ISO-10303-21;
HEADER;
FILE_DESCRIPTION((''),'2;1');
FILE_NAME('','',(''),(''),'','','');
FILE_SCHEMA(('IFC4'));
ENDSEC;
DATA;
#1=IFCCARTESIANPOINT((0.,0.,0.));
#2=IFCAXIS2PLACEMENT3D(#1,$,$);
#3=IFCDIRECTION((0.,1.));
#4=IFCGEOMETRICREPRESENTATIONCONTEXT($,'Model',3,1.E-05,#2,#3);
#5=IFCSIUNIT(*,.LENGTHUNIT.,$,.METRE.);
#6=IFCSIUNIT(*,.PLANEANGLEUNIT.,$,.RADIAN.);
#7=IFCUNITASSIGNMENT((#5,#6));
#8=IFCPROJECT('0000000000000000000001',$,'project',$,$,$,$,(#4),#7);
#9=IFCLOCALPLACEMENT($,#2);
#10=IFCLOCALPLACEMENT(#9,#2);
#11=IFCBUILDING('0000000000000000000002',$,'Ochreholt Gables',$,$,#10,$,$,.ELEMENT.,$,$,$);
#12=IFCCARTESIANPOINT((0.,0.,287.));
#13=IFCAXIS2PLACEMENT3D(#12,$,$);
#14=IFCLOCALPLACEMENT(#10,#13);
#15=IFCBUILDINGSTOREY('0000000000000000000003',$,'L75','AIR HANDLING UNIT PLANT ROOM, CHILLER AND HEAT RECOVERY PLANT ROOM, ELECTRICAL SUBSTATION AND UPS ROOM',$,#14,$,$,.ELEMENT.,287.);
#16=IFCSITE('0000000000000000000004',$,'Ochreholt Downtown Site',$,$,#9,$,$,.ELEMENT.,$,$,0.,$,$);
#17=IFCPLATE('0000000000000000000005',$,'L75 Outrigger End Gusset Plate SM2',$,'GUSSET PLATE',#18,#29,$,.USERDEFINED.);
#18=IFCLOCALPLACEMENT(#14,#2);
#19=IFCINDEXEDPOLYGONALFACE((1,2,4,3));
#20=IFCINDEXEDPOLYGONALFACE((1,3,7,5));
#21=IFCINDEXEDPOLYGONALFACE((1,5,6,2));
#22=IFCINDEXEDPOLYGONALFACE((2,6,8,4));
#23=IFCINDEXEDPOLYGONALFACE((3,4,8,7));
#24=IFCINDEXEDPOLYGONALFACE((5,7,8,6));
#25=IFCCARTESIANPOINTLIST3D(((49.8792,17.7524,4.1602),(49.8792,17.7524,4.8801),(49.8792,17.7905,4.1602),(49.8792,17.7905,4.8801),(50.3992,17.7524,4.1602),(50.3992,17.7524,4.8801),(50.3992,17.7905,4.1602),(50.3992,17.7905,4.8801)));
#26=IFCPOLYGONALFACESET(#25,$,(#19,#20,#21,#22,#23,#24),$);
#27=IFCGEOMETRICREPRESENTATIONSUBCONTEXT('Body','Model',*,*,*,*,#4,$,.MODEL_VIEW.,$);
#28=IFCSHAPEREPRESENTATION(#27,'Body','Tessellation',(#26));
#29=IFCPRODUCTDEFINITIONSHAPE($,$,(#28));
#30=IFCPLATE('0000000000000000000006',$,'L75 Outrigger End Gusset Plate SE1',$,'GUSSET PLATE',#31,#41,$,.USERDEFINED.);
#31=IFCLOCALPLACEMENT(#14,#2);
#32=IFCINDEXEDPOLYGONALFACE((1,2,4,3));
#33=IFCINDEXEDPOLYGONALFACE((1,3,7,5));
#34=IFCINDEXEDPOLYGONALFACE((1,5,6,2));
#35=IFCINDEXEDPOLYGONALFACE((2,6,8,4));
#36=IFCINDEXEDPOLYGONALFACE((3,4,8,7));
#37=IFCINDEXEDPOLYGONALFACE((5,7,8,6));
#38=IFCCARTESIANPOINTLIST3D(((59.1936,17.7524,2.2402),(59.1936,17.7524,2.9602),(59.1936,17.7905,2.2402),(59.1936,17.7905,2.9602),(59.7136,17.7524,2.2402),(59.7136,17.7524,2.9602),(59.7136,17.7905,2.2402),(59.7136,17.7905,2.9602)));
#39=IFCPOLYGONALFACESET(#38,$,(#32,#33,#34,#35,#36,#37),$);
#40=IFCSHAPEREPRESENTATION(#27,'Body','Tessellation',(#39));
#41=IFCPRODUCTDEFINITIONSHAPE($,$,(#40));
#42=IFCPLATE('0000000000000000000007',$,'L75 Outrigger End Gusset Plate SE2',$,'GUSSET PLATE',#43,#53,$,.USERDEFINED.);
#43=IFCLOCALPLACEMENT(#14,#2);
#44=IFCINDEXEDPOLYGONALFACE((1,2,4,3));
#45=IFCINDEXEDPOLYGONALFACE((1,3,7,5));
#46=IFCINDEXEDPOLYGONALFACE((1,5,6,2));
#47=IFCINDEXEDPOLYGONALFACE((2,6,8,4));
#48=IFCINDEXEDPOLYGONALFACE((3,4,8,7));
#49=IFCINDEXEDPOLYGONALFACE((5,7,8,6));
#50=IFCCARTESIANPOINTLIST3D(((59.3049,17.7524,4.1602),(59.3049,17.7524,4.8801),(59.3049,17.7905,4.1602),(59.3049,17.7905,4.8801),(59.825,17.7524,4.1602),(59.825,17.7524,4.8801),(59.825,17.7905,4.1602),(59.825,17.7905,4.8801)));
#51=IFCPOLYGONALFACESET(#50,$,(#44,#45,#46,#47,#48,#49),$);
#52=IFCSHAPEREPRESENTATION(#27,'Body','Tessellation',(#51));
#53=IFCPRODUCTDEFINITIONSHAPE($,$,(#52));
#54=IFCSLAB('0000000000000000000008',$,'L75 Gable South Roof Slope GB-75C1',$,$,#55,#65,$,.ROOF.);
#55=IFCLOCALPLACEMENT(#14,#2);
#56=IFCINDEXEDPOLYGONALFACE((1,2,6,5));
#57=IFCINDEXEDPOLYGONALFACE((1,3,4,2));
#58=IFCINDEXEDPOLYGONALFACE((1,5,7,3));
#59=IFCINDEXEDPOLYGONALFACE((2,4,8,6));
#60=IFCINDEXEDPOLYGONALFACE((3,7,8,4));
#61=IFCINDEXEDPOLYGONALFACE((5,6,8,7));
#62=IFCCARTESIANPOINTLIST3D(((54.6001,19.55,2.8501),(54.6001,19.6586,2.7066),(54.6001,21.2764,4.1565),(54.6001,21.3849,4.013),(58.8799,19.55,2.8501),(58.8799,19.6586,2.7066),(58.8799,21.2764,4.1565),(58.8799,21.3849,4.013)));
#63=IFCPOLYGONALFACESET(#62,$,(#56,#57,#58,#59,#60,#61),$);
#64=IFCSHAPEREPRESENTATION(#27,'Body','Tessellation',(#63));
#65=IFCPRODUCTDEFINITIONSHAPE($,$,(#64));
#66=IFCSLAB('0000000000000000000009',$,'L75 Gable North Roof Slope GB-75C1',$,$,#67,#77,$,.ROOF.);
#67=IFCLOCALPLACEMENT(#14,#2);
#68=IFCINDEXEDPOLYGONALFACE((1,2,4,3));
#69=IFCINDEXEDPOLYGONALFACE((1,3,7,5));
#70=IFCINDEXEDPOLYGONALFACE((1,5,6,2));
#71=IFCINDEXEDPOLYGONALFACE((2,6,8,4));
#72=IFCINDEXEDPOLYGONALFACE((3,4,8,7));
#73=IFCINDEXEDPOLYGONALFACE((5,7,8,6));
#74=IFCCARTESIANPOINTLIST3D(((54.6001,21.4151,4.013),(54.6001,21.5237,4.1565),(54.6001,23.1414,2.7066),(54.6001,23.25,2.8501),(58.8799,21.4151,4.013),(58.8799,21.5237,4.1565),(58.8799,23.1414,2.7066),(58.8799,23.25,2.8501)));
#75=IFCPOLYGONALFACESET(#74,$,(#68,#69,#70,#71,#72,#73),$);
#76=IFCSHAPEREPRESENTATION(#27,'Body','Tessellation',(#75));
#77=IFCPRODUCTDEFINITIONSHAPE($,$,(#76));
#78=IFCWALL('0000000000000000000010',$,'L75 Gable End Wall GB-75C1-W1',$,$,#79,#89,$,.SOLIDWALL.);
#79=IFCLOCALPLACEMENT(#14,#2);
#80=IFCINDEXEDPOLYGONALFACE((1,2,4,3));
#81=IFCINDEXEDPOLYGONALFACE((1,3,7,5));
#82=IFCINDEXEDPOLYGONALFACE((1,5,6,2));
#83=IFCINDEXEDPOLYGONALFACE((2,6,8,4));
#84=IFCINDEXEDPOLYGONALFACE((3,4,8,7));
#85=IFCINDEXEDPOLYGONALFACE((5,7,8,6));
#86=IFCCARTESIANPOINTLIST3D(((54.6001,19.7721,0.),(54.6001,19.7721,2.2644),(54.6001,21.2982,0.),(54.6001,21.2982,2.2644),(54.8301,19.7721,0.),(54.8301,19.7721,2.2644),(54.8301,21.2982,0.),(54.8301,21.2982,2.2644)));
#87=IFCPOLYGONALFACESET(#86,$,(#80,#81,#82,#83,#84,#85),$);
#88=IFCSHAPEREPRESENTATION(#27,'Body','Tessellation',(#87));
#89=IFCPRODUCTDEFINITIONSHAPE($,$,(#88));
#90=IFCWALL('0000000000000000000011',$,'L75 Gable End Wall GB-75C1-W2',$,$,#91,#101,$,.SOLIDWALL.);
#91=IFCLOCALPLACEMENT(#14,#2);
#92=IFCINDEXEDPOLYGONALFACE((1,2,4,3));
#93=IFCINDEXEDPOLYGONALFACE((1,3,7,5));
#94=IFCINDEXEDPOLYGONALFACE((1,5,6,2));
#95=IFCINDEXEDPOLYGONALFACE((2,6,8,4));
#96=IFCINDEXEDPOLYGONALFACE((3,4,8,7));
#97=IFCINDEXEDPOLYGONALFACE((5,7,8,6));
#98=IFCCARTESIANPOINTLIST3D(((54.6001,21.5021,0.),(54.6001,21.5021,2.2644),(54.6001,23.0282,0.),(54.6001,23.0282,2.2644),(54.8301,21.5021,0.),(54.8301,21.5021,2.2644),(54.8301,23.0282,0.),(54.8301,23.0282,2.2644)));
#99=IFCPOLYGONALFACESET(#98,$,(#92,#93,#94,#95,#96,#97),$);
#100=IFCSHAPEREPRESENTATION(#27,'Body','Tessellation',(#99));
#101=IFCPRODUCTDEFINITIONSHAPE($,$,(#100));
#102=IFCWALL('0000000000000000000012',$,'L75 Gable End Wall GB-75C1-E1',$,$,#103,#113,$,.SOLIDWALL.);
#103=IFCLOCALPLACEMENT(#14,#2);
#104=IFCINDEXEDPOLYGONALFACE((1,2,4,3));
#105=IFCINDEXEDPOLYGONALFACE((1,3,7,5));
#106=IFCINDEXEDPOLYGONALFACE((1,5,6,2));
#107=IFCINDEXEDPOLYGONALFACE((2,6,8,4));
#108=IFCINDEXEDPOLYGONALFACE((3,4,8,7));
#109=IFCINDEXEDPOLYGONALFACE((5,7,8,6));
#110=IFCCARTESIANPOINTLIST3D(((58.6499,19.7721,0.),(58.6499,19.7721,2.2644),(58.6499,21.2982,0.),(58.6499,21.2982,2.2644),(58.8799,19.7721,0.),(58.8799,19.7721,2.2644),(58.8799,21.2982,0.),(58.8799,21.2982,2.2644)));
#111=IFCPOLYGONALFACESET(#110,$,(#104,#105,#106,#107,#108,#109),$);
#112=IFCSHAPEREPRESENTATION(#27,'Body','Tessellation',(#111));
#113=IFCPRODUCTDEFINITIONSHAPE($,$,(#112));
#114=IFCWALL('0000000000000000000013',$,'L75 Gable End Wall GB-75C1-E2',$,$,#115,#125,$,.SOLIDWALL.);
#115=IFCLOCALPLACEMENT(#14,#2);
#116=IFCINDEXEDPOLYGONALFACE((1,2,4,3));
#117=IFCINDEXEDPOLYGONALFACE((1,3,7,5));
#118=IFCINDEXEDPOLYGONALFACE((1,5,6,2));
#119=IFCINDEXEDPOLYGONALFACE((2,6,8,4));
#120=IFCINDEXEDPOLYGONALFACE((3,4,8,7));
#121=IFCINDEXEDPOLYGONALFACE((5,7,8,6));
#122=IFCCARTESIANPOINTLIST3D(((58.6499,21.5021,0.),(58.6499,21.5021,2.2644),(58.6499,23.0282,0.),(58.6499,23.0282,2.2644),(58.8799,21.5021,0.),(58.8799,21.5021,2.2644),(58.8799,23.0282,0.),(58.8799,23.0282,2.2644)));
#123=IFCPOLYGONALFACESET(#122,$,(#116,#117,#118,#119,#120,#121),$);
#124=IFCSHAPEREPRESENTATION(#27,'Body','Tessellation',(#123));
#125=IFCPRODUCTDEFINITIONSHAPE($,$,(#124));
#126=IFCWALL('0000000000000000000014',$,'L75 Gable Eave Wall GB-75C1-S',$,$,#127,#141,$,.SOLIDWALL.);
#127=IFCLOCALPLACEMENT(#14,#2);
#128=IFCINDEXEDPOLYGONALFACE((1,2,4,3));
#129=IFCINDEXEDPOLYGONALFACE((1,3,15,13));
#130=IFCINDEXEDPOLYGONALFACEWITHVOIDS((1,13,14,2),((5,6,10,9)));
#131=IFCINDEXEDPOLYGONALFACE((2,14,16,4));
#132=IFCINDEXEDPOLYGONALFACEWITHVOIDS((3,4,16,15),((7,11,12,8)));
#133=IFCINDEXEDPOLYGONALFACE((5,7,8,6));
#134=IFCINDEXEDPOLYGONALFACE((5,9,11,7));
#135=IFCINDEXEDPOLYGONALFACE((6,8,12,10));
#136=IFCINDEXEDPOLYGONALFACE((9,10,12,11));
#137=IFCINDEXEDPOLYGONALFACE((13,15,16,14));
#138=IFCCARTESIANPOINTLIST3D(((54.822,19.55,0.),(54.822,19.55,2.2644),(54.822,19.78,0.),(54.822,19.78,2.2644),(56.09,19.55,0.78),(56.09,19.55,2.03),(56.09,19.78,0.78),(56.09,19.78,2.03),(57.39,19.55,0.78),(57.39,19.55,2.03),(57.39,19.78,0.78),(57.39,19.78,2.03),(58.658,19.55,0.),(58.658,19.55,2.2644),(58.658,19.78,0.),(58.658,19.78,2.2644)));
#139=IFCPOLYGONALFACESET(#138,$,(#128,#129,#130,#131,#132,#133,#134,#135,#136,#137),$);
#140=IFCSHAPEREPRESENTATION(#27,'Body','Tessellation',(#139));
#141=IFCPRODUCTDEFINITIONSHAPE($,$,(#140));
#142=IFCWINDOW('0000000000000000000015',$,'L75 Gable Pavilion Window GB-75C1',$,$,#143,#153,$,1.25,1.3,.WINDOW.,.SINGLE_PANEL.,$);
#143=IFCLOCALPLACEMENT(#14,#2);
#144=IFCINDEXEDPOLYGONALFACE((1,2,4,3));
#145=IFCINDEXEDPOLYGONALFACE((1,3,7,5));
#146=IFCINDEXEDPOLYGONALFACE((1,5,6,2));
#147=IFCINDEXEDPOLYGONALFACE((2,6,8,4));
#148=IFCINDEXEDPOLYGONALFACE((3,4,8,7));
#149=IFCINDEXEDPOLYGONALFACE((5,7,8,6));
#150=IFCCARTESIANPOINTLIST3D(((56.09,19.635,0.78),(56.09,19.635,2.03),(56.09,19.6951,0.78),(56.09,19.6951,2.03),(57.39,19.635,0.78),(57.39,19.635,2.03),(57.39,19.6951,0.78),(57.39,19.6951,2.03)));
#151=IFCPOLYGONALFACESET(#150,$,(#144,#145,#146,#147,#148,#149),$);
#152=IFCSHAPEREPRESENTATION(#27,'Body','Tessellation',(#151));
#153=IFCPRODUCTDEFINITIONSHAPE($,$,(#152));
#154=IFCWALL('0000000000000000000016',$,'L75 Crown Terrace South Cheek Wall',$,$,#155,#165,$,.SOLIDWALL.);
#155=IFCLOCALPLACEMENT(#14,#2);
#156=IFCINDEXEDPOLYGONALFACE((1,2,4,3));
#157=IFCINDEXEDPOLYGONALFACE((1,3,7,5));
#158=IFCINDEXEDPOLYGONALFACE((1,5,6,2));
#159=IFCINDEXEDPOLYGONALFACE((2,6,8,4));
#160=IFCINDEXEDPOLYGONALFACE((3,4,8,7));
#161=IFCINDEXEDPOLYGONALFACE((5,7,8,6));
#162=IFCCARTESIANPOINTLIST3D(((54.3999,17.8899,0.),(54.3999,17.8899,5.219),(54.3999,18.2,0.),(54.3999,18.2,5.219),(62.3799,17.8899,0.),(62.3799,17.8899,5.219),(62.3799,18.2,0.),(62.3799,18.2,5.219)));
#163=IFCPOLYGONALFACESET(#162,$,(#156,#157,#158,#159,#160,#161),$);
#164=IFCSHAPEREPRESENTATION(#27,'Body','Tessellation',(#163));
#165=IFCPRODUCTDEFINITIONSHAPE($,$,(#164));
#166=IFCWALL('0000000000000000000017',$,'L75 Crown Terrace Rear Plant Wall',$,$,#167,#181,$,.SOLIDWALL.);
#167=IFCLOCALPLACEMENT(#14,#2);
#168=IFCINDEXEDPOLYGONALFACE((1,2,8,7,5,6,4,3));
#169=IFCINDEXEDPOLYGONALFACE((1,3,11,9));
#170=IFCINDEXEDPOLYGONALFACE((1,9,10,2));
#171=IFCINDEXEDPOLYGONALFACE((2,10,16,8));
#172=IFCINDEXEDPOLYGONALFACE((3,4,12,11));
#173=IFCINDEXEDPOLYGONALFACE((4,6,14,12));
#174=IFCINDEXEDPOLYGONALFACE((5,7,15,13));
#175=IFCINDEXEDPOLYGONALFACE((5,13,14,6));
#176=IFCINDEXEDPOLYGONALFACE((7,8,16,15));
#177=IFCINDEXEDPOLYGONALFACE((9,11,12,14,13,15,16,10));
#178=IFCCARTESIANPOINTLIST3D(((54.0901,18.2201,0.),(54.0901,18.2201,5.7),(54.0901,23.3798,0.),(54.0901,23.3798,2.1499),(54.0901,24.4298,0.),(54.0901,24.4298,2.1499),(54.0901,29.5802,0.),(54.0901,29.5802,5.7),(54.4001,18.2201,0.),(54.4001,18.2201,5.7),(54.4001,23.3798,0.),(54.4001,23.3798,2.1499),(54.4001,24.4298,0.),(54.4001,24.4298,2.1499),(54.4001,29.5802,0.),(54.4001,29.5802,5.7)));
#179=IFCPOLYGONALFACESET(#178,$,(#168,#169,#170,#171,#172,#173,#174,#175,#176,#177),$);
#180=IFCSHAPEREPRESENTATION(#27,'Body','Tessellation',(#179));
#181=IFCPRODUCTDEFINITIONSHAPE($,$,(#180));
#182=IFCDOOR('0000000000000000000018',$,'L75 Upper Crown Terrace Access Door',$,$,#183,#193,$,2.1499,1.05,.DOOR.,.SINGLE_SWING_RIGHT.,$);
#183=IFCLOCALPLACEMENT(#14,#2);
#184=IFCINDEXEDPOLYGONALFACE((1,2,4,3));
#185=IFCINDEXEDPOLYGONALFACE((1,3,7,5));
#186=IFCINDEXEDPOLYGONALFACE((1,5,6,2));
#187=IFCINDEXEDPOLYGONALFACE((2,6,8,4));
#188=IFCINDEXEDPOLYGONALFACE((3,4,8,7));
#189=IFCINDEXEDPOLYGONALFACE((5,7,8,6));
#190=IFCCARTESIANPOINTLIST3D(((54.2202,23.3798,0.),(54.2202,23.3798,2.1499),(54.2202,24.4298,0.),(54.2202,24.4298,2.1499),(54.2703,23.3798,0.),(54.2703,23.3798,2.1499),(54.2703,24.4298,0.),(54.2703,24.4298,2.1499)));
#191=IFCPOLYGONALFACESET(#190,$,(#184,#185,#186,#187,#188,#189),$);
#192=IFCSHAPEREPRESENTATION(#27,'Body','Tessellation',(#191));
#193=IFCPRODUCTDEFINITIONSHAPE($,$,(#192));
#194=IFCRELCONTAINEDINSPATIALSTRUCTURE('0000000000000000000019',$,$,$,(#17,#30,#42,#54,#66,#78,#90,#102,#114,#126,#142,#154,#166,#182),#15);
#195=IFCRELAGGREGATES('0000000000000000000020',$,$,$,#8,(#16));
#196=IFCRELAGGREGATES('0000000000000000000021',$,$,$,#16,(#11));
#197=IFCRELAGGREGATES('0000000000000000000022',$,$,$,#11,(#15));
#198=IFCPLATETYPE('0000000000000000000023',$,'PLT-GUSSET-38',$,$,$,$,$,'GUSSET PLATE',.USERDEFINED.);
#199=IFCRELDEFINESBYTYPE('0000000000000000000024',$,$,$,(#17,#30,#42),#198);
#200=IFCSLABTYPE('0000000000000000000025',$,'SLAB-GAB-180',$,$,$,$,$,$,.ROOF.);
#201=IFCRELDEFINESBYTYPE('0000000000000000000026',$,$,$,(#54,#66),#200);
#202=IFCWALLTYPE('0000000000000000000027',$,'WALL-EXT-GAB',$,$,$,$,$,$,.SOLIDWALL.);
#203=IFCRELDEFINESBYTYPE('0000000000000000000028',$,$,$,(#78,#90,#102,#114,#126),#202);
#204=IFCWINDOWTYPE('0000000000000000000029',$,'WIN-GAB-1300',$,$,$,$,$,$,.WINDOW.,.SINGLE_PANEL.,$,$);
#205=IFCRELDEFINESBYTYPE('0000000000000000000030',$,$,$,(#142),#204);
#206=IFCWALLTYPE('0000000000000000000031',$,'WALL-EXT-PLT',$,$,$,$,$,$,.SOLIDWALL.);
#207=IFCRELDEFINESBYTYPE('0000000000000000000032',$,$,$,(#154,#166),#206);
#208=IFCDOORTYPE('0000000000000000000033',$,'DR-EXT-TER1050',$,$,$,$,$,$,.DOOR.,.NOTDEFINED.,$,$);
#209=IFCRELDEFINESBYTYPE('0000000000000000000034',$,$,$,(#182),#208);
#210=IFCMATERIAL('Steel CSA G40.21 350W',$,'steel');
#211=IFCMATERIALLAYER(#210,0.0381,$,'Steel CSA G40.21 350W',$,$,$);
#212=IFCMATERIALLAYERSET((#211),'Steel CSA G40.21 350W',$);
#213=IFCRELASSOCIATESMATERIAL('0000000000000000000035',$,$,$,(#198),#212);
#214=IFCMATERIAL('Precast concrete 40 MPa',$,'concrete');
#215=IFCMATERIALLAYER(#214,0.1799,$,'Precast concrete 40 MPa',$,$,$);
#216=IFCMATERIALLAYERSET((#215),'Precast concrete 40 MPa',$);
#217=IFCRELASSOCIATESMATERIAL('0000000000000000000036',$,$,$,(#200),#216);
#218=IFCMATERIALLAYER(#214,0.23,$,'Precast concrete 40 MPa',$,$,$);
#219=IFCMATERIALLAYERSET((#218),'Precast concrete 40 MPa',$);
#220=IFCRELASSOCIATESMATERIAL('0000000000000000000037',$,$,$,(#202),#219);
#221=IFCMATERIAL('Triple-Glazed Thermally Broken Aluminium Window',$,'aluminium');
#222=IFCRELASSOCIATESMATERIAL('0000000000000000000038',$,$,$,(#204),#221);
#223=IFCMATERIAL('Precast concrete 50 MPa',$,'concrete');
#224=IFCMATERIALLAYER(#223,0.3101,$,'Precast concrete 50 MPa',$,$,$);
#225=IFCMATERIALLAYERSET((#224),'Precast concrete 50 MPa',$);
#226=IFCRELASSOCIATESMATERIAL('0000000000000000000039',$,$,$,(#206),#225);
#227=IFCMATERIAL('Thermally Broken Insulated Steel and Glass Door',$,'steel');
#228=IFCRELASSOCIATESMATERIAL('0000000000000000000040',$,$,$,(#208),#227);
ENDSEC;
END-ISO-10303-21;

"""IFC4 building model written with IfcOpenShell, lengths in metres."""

from ifc_helpers import new_model, si_unit, direction, frame, frame_2d, origin, origin_2d, place, context, subcontext, project, spatial, polyline, rectangle, outline, extrude, material, layer, layer_set, type_object, element, fill, save


model = new_model("IFC4")

# Units and contexts
model_context = context("Model", 3, precision=1e-05, world=origin(), true_north=direction((0.0, 1.0)))
body_context = subcontext(model_context, "Body", "Model", "MODEL_VIEW")
ifc_project = project(units=[si_unit("LENGTHUNIT", "METRE"), si_unit("PLANEANGLEUNIT", "RADIAN")], contexts=[model_context])

# Site, building, storey
site_placement = place(None, origin())
site = spatial("IfcSite", under=ifc_project, at=site_placement, Name="Ochreholt Downtown Site", CompositionType="ELEMENT", RefElevation=0.0)
building_placement = place(site_placement, origin())
building = spatial("IfcBuilding", under=site, at=building_placement, Name="Ochreholt Gables", CompositionType="ELEMENT")
storey_placement = place(building_placement, frame((0.0, 0.0, 287.0)))
storey = spatial("IfcBuildingStorey", under=building, at=storey_placement, Name="L75", Description="AIR HANDLING UNIT PLANT ROOM, CHILLER AND HEAT RECOVERY PLANT ROOM, ELECTRICAL SUBSTATION AND UPS ROOM", CompositionType="ELEMENT", Elevation=287.0)

# Shared definitions
ifc_material_1 = material(Name="Steel CSA G40.21 350W", Category="steel")

# Plates
ifc_layer_1 = layer(ifc_material_1, 0.0381, Name="Steel CSA G40.21 350W")
ifc_layer_set_1 = layer_set([ifc_layer_1], Name="Steel CSA G40.21 350W")
plate_type_1 = type_object("IfcPlateType", Name="PLT-GUSSET-38", ElementType="GUSSET PLATE", PredefinedType="USERDEFINED", material=ifc_layer_set_1)
for number, where, z_axis, x_axis, name in (
    (1, (50.1392, 17.7715, 4.1602), (0.0, 0.0, 1.0), (1.0, 0.0, 0.0), "L75 Outrigger End Gusset Plate SM2"),
    (2, (59.4536, 17.7715, 2.2402), (0.0, 0.0, 1.0), (1.0, 0.0, 0.0), "L75 Outrigger End Gusset Plate SE1"),
    (3, (59.5649, 17.7715, 4.1602), (0.0, 0.0, 1.0), (1.0, 0.0, 0.0), "L75 Outrigger End Gusset Plate SE2"),
):
    element("IfcPlate", number, at=place(storey_placement, frame(where, z_axis=z_axis, x_axis=x_axis)), inside=storey, type_object=plate_type_1, Name=name, ObjectType="GUSSET PLATE", PredefinedType="USERDEFINED", context=body_context, shape_type="SweptSolid", body=[
        extrude(rectangle(XDim=0.52, YDim=0.0381, at=origin_2d()), origin(), (0.0, 0.0, 1.0), 0.72),
    ])

# Slabs
ifc_material_2 = material(Name="Precast concrete 40 MPa", Category="concrete")
ifc_layer_2 = layer(ifc_material_2, 0.1799, Name="Precast concrete 40 MPa")
ifc_layer_set_2 = layer_set([ifc_layer_2], Name="Precast concrete 40 MPa")
slab_type = type_object("IfcSlabType", Name="SLAB-GAB-180", PredefinedType="ROOF", material=ifc_layer_set_2)
for number, where, z_axis, x_axis, name in (
    (4, (54.6001, 19.55, 2.8501), (0.0, -0.603441, 0.797408), (1.0, 0.0, 0.0), "L75 Gable South Roof Slope GB-75C1"),
    (5, (54.6001, 21.5237, 4.1565), (0.0, 0.603441, 0.797408), (1.0, 0.0, 0.0), "L75 Gable North Roof Slope GB-75C1"),
):
    element("IfcSlab", number, at=place(storey_placement, frame(where, z_axis=z_axis, x_axis=x_axis)), inside=storey, type_object=slab_type, Name=name, PredefinedType="ROOF", context=body_context, shape_type="SweptSolid", body=[
        extrude(outline(polyline([(0.0, 0.0), (4.2798, 0.0), (4.2798, 2.1649), (0.0, 2.1649), (0.0, 0.0)])), origin(), (0.0, 0.0, -1.0), 0.1799),
    ])

# Walls
ifc_layer_3 = layer(ifc_material_2, 0.23, Name="Precast concrete 40 MPa")
ifc_layer_set_3 = layer_set([ifc_layer_3], Name="Precast concrete 40 MPa")
wall_type_1 = type_object("IfcWallType", Name="WALL-EXT-GAB", PredefinedType="SOLIDWALL", material=ifc_layer_set_3)
for number, where, z_axis, x_axis, name in (
    (6, (54.7151, 19.772, 0.0), (0.0, 0.0, 1.0), (0.0, 1.0, 0.0), "L75 Gable End Wall GB-75C1-W1"),
    (7, (54.7151, 21.502, 0.0), (0.0, 0.0, 1.0), (0.0, 1.0, 0.0), "L75 Gable End Wall GB-75C1-W2"),
    (8, (58.7649, 19.772, 0.0), (0.0, 0.0, 1.0), (0.0, 1.0, 0.0), "L75 Gable End Wall GB-75C1-E1"),
    (9, (58.7649, 21.502, 0.0), (0.0, 0.0, 1.0), (0.0, 1.0, 0.0), "L75 Gable End Wall GB-75C1-E2"),
):
    element("IfcWall", number, at=place(storey_placement, frame(where, z_axis=z_axis, x_axis=x_axis)), inside=storey, type_object=wall_type_1, Name=name, PredefinedType="SOLIDWALL", context=body_context, shape_type="SweptSolid", body=[
        extrude(rectangle(XDim=1.5261, YDim=0.23, at=frame_2d((0.7632, 0.0))), origin(), (0.0, 0.0, 1.0), 2.2644),
    ])

# Wall, opening, window
wall_1_placement = place(storey_placement, frame((54.822, 19.665, 0.0), z_axis=(0.0, 0.0, 1.0), x_axis=(1.0, 0.0, 0.0)))
wall_1 = element("IfcWall", 10, at=wall_1_placement, inside=storey, type_object=wall_type_1, Name="L75 Gable Eave Wall GB-75C1-S", PredefinedType="SOLIDWALL", context=body_context, shape_type="SweptSolid", body=[
    extrude(rectangle(XDim=3.8359, YDim=0.23, at=frame_2d((1.918, 0.0))), origin(), (0.0, 0.0, 1.0), 2.2644),
])
opening_1_placement = place(wall_1_placement, frame((1.2681, 0.0, 0.78)))
opening_1 = element("IfcOpeningElement", 11, at=opening_1_placement, cuts=wall_1, PredefinedType="OPENING", context=body_context, shape_type="SweptSolid", body=[
    extrude(rectangle(XDim=1.3, YDim=1.25, at=frame_2d((0.6499, 0.625))), frame((0.0, 0.125, 0.0), z_axis=(0.0, -1.0, 0.0), x_axis=(1.0, 0.0, 0.0)), (0.0, 0.0, 1.0), 0.25),
])
ifc_material_3 = material(Name="Triple-Glazed Thermally Broken Aluminium Window", Category="aluminium")
window_type = type_object("IfcWindowType", Name="WIN-GAB-1300", PartitioningType="SINGLE_PANEL", PredefinedType="WINDOW", material=ifc_material_3)
window_placement = place(opening_1_placement, origin())
window = element("IfcWindow", 12, at=window_placement, inside=storey, type_object=window_type, Name="L75 Gable Pavilion Window GB-75C1", OverallHeight=1.25, OverallWidth=1.3, PartitioningType="SINGLE_PANEL", PredefinedType="WINDOW", context=body_context, shape_type="SweptSolid", body=[
    extrude(rectangle(XDim=1.3, YDim=1.25, at=frame_2d((0.6499, 0.625))), frame((0.0, 0.03, 0.0), z_axis=(0.0, -1.0, 0.0), x_axis=(1.0, 0.0, 0.0)), (0.0, 0.0, 1.0), 0.0601),
])
fill(opening_1, window)

# Wall
ifc_material_4 = material(Name="Precast concrete 50 MPa", Category="concrete")
ifc_layer_4 = layer(ifc_material_4, 0.3101, Name="Precast concrete 50 MPa")
ifc_layer_set_4 = layer_set([ifc_layer_4], Name="Precast concrete 50 MPa")
wall_type_2 = type_object("IfcWallType", Name="WALL-EXT-PLT", PredefinedType="SOLIDWALL", material=ifc_layer_set_4)
wall_2_placement = place(storey_placement, frame((54.3999, 18.0449, 0.0), z_axis=(0.0, 0.0, 1.0), x_axis=(1.0, 0.0, 0.0)))
element("IfcWall", 13, at=wall_2_placement, inside=storey, type_object=wall_type_2, Name="L75 Crown Terrace South Cheek Wall", PredefinedType="SOLIDWALL", context=body_context, shape_type="SweptSolid", body=[
    extrude(rectangle(XDim=7.98, YDim=0.3101, at=frame_2d((3.99, 0.0))), origin(), (0.0, 0.0, 1.0), 5.219),
])

# Wall, opening, door
wall_3_placement = place(storey_placement, frame((54.2451, 18.22, 0.0), z_axis=(0.0, 0.0, 1.0), x_axis=(0.0, 1.0, 0.0)))
wall_3 = element("IfcWall", 14, at=wall_3_placement, inside=storey, type_object=wall_type_2, Name="L75 Crown Terrace Rear Plant Wall", PredefinedType="SOLIDWALL", context=body_context, shape_type="SweptSolid", body=[
    extrude(rectangle(XDim=11.3601, YDim=0.3101, at=frame_2d((5.6802, 0.0))), origin(), (0.0, 0.0, 1.0), 5.7),
])
opening_2_placement = place(wall_3_placement, frame((5.1599, 0.0, 0.0)))
opening_2 = element("IfcOpeningElement", 15, at=opening_2_placement, cuts=wall_3, PredefinedType="OPENING", context=body_context, shape_type="SweptSolid", body=[
    extrude(rectangle(XDim=1.05, YDim=2.1499, at=frame_2d((0.5249, 1.075))), frame((0.0, 0.165, 0.0), z_axis=(0.0, -1.0, 0.0), x_axis=(1.0, 0.0, 0.0)), (0.0, 0.0, 1.0), 0.3301),
])
ifc_material_5 = material(Name="Thermally Broken Insulated Steel and Glass Door", Category="steel")
door_type = type_object("IfcDoorType", Name="DR-EXT-TER1050", OperationType="NOTDEFINED", PredefinedType="DOOR", material=ifc_material_5)
door_placement = place(opening_2_placement, origin())
door = element("IfcDoor", 16, at=door_placement, inside=storey, type_object=door_type, Name="L75 Upper Crown Terrace Access Door", OperationType="SINGLE_SWING_RIGHT", OverallHeight=2.1499, OverallWidth=1.05, PredefinedType="DOOR", context=body_context, shape_type="SweptSolid", body=[
    extrude(rectangle(XDim=1.05, YDim=2.1499, at=frame_2d((0.5249, 1.075))), frame((0.0, 0.0249, 0.0), z_axis=(0.0, -1.0, 0.0), x_axis=(1.0, 0.0, 0.0)), (0.0, 0.0, 1.0), 0.05),
])
fill(opening_2, door)

save(model, "model.ifc")
